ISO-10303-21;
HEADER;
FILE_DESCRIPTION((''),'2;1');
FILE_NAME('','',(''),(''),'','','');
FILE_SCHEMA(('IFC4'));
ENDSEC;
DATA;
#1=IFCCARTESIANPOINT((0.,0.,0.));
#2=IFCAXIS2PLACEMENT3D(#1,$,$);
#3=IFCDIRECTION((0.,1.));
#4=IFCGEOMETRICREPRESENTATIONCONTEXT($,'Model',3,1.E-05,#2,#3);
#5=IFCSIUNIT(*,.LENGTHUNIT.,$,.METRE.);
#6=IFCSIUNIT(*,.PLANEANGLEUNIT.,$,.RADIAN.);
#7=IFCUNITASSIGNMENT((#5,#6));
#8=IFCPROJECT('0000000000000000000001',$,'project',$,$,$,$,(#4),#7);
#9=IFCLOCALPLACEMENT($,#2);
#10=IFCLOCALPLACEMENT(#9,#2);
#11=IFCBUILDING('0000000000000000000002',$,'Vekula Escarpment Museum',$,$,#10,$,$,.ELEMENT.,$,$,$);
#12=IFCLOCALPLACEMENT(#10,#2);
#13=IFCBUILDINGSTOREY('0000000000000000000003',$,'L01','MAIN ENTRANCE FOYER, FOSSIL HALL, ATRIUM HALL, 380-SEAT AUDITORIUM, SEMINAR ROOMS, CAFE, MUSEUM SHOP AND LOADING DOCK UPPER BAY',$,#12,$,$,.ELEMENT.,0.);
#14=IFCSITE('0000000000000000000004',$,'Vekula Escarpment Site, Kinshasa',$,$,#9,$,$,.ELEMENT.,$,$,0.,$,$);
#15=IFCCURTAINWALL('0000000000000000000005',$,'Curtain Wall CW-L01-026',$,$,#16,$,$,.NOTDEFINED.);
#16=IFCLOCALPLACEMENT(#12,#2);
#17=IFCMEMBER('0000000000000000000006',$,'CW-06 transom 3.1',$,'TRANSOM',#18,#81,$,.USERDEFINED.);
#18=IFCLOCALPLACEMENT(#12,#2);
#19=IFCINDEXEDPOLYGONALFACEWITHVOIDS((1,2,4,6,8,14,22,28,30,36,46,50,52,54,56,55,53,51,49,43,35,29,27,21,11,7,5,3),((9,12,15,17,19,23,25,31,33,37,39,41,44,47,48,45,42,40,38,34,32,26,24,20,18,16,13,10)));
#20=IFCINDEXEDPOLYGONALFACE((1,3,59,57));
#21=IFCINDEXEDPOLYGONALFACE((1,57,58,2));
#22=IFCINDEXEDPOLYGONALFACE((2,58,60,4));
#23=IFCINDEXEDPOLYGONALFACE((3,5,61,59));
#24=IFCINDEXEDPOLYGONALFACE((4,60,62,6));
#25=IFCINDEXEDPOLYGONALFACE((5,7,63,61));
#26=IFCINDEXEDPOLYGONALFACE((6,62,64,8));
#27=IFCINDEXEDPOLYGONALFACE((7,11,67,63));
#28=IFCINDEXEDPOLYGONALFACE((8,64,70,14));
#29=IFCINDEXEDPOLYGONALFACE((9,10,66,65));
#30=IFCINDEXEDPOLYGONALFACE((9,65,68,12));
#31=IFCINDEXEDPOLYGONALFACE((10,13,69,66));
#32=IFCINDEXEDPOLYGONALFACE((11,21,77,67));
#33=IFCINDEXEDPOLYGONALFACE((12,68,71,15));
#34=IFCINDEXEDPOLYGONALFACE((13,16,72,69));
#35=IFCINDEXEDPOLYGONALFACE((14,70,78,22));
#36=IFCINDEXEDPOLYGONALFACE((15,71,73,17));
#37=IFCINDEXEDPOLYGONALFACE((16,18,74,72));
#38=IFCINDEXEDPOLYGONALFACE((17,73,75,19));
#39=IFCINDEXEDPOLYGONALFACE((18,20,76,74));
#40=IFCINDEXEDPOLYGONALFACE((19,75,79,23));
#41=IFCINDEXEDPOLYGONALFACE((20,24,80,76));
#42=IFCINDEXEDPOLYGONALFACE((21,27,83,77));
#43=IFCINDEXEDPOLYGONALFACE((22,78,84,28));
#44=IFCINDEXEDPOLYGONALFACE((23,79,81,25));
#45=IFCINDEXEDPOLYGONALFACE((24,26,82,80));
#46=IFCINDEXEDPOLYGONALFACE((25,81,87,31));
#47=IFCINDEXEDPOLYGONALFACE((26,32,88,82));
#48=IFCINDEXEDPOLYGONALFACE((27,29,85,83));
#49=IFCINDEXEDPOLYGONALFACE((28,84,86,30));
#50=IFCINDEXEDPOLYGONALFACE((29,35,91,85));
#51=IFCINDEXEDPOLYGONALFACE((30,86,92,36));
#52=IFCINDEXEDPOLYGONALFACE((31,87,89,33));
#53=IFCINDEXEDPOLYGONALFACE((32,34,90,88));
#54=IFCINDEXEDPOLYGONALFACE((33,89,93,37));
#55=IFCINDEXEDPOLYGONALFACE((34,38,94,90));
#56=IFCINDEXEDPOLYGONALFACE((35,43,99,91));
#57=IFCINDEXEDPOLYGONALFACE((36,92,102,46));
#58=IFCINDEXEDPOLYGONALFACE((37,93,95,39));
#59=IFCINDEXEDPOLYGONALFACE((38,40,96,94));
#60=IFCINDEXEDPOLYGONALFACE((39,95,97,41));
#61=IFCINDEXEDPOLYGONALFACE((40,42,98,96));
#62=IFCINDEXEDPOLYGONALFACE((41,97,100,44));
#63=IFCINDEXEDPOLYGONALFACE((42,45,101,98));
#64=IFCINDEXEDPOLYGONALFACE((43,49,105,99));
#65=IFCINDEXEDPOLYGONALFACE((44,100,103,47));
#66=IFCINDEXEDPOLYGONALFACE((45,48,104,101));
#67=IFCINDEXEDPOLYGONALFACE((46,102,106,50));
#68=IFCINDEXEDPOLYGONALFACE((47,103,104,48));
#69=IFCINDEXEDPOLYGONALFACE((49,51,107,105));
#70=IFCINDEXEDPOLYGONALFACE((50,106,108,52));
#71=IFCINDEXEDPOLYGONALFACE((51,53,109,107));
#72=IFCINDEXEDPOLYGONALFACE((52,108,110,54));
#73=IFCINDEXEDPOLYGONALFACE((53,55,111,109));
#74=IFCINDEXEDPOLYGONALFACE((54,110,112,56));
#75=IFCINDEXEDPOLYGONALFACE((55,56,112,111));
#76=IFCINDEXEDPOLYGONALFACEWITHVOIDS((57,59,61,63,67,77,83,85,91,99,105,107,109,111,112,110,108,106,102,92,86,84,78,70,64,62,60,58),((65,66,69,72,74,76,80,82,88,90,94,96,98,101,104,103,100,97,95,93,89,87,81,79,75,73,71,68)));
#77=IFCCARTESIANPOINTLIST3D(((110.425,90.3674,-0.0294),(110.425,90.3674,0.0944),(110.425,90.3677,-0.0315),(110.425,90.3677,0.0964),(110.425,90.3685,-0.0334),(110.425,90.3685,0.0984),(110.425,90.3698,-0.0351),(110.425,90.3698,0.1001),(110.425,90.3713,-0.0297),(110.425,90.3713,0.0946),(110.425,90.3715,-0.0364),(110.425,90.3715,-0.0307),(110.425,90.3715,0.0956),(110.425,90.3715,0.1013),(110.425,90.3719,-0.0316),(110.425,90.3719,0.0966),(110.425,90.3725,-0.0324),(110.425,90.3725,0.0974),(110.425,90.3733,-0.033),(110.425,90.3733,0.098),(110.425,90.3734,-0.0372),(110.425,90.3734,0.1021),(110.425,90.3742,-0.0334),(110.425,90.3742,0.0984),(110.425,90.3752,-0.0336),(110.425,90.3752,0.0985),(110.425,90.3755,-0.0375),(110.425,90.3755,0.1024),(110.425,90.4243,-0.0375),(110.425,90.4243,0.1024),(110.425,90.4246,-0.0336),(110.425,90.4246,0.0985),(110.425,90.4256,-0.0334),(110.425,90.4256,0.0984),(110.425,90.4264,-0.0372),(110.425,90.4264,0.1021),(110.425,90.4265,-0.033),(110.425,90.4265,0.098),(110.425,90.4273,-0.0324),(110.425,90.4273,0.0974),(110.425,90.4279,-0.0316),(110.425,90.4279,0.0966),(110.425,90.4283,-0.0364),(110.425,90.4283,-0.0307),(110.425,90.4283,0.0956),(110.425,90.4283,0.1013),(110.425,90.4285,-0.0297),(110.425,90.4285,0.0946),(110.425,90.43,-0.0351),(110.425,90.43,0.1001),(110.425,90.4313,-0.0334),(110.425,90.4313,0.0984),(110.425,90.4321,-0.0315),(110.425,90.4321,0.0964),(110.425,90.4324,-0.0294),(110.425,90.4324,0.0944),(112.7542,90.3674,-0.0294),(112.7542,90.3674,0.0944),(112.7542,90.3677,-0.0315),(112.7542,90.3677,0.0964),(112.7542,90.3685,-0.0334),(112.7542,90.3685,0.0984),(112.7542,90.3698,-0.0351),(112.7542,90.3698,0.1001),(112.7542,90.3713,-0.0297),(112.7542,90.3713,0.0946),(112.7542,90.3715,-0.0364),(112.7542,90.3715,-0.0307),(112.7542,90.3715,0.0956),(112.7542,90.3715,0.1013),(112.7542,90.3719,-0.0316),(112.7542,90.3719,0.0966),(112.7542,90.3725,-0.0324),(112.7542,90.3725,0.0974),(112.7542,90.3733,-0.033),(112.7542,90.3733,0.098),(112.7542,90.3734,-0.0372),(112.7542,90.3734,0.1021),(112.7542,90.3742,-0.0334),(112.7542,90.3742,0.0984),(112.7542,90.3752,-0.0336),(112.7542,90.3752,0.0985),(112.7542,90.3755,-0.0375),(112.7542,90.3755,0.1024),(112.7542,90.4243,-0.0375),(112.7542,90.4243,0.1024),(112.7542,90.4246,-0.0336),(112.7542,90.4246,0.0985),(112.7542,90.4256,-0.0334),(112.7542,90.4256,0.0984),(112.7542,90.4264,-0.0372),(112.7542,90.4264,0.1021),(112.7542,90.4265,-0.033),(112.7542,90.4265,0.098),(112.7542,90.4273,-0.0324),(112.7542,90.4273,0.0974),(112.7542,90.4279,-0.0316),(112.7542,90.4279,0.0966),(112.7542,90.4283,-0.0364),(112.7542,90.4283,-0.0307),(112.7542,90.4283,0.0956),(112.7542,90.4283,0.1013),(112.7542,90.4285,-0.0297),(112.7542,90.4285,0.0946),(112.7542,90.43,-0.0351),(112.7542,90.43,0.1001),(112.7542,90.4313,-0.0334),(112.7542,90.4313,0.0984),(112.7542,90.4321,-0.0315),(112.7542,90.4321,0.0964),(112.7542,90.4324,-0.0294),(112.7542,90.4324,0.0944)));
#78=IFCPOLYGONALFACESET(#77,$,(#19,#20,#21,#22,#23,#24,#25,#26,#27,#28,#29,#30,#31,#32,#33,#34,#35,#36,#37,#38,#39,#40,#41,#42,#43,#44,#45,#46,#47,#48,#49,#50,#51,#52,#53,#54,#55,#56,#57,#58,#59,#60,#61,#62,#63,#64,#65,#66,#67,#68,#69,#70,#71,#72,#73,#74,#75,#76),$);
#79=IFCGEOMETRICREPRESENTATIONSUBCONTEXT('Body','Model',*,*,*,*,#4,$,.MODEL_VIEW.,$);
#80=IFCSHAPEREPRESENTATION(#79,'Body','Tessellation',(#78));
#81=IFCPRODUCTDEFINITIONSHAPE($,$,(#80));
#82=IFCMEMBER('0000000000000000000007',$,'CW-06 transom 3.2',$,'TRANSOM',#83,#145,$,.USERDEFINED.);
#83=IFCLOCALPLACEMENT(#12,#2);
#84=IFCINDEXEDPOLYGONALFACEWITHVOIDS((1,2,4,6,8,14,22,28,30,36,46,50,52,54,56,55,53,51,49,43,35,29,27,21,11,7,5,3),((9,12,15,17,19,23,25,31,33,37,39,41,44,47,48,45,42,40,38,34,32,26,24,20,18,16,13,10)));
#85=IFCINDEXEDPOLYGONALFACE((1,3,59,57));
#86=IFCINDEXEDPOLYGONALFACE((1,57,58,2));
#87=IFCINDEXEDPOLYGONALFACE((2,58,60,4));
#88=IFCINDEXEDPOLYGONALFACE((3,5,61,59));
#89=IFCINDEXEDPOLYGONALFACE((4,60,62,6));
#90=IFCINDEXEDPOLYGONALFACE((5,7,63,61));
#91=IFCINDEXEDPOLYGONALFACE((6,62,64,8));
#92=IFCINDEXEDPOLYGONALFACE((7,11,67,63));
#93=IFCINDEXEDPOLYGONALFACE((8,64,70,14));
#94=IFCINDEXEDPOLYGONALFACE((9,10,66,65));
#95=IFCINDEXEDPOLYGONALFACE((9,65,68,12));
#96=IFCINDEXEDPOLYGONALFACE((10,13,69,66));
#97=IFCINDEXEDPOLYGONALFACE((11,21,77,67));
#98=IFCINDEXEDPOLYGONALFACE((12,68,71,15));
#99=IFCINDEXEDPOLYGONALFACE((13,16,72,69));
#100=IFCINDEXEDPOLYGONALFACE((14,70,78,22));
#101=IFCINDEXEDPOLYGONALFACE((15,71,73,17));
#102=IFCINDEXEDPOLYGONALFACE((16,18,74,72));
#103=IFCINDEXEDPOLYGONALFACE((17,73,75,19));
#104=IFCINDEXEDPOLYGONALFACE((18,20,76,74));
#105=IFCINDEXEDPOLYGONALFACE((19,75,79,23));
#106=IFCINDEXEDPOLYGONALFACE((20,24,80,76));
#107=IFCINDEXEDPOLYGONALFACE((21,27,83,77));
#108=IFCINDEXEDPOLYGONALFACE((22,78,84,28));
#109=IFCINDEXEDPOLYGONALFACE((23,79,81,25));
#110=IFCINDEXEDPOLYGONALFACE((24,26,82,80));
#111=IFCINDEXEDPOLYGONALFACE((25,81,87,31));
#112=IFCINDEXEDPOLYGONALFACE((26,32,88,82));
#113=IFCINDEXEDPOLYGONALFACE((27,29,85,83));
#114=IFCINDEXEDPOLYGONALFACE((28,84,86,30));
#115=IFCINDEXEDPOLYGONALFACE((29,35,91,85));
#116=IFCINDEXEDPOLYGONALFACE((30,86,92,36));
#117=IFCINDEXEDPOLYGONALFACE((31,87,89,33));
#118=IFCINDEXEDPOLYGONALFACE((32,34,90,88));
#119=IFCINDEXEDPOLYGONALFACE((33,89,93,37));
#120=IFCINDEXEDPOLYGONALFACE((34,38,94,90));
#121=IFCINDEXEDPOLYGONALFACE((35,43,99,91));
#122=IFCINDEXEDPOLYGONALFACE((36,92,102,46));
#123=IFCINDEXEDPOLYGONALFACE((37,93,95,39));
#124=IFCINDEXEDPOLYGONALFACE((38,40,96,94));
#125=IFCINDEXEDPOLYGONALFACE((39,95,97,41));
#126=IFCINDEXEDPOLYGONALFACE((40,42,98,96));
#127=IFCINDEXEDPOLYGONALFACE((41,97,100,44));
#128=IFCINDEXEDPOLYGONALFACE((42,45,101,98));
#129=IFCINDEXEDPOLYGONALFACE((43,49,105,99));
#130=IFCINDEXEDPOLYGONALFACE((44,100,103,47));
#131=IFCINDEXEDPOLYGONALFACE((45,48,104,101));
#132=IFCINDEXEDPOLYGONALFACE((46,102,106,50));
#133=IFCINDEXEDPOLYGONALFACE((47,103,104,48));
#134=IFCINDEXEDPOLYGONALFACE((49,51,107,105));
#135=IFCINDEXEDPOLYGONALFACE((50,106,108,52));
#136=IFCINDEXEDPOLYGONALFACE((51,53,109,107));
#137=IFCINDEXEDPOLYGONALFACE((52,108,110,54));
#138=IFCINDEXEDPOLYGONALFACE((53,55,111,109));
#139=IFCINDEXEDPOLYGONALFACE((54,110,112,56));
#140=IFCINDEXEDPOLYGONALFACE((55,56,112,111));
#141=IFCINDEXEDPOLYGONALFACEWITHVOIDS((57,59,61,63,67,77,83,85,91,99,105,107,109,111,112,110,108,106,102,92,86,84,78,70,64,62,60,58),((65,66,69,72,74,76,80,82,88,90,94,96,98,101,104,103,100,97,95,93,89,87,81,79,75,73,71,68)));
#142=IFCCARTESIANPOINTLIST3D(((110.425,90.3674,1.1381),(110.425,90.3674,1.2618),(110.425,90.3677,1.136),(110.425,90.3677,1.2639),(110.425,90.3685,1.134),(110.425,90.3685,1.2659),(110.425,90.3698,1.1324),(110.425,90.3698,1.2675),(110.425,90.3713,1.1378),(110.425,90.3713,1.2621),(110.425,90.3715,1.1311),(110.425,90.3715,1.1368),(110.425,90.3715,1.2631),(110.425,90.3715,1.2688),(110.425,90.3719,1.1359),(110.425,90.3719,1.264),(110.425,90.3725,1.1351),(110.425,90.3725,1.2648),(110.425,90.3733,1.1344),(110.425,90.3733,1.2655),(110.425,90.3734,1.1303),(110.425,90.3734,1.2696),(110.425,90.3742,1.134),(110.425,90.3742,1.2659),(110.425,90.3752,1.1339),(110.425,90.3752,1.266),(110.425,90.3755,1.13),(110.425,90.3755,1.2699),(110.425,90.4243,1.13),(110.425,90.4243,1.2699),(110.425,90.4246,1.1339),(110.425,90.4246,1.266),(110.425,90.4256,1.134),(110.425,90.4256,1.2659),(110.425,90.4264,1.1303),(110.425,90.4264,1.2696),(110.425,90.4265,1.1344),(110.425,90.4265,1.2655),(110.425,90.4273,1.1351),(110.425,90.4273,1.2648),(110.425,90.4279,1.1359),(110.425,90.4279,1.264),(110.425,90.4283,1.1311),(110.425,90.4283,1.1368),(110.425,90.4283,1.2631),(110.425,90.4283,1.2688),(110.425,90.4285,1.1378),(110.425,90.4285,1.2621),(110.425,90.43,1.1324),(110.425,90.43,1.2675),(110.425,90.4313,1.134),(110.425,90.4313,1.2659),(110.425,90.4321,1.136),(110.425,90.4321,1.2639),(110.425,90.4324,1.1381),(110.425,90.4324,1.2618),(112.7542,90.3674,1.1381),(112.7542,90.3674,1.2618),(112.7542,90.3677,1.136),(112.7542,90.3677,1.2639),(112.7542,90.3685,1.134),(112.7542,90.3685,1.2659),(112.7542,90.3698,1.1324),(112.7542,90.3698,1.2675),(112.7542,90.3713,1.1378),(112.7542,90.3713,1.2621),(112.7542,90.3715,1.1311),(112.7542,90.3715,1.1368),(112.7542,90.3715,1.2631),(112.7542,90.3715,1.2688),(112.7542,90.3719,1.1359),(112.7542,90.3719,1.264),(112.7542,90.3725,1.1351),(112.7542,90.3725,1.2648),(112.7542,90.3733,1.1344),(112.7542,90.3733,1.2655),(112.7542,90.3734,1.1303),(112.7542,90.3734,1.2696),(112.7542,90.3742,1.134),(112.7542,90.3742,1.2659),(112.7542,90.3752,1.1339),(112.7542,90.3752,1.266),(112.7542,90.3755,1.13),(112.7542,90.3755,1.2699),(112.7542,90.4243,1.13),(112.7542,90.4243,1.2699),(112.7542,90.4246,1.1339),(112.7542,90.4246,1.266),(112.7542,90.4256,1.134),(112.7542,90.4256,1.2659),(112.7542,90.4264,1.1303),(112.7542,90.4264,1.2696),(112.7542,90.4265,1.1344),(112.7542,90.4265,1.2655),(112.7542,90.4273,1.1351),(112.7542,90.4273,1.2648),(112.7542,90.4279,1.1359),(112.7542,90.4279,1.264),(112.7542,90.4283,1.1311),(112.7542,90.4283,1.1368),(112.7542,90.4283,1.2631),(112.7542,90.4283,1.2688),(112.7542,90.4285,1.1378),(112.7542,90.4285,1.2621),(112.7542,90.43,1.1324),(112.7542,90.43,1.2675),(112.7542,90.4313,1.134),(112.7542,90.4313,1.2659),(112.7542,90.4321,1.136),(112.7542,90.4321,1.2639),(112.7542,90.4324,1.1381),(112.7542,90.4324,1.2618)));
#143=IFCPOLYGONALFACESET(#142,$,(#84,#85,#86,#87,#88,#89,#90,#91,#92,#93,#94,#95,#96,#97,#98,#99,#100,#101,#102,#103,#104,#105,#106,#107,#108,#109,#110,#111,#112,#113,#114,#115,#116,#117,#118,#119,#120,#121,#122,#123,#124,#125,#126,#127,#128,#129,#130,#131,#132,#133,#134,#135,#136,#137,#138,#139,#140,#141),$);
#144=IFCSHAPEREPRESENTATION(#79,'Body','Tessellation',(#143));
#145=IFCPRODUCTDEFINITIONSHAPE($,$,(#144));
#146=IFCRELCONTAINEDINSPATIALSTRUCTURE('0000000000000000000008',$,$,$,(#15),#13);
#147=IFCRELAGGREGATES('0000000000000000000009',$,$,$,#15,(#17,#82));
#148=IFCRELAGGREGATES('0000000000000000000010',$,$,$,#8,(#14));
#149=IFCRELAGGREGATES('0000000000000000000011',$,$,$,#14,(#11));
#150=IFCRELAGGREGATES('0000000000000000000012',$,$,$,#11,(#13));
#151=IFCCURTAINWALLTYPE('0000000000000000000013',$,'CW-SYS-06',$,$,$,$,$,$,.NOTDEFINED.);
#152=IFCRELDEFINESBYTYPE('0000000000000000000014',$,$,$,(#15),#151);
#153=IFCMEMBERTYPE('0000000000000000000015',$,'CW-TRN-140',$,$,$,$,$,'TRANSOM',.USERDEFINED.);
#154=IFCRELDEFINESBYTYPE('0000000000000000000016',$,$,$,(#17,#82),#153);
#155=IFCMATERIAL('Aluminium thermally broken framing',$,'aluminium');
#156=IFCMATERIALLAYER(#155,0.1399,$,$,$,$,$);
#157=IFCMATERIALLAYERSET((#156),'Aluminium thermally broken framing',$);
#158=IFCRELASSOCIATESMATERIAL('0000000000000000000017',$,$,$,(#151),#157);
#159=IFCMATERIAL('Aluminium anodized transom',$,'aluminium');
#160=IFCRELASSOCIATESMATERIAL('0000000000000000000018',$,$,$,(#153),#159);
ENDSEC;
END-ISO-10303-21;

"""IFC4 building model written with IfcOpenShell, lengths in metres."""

from ifc_helpers import new_model, si_unit, direction, frame, origin, origin_2d, place, context, subcontext, project, spatial, hollow_rectangle, extrude, material, layer, layer_set, material_profile, profile_set, type_object, element, aggregate, save


model = new_model("IFC4")

# Units and contexts
model_context = context("Model", 3, precision=1e-05, world=origin(), true_north=direction((0.0, 1.0)))
body_context = subcontext(model_context, "Body", "Model", "MODEL_VIEW")
ifc_project = project(units=[si_unit("LENGTHUNIT", "METRE"), si_unit("PLANEANGLEUNIT", "RADIAN")], contexts=[model_context])

# Site, building, storey
site_placement = place(None, origin())
site = spatial("IfcSite", under=ifc_project, at=site_placement, Name="Vekula Escarpment Site, Kinshasa", CompositionType="ELEMENT", RefElevation=0.0)
building_placement = place(site_placement, origin())
building = spatial("IfcBuilding", under=site, at=building_placement, Name="Vekula Escarpment Museum", CompositionType="ELEMENT")
storey_placement = place(building_placement, origin())
storey = spatial("IfcBuildingStorey", under=building, at=storey_placement, Name="L01", Description="MAIN ENTRANCE FOYER, FOSSIL HALL, ATRIUM HALL, 380-SEAT AUDITORIUM, SEMINAR ROOMS, CAFE, MUSEUM SHOP AND LOADING DOCK UPPER BAY", CompositionType="ELEMENT", Elevation=0.0)

# Curtain wall, members
ifc_material_1 = material(Name="Aluminium thermally broken framing", Category="aluminium")
ifc_layer_1 = layer(ifc_material_1, 0.1399)
ifc_layer_set_1 = layer_set([ifc_layer_1], Name="Aluminium thermally broken framing")
curtain_wall_type = type_object("IfcCurtainWallType", Name="CW-SYS-06", PredefinedType="NOTDEFINED", material=ifc_layer_set_1)
curtain_wall_placement = place(storey_placement, origin())
curtain_wall = element("IfcCurtainWall", 1, at=curtain_wall_placement, inside=storey, type_object=curtain_wall_type, Name="Curtain Wall CW-L01-026", PredefinedType="NOTDEFINED")
ifc_material_2 = material(Name="Aluminium anodized transom", Category="aluminium")
ifc_material_profile_1 = material_profile(ifc_material_2, hollow_rectangle(XDim=0.0649, YDim=0.1399, WallThickness=0.0039, InnerFilletRadius=0.0039, OuterFilletRadius=0.0081, at=origin_2d()), Name="ALU 140x65x4")
ifc_profile_set_1 = profile_set([ifc_material_profile_1], Name="Aluminium anodized transom")
member_type_1 = type_object("IfcMemberType", Name="CW-TRN-140", ElementType="TRANSOM", PredefinedType="USERDEFINED", material=ifc_profile_set_1)
member_1_placement = place(storey_placement, frame((112.7542, 90.3999, 0.0325), z_axis=(-1.0, 0.0, 0.0), x_axis=(0.0, -1.0, 0.0)))
member_1 = element("IfcMember", 2, at=member_1_placement, type_object=member_type_1, Name="CW-06 transom 3.1", ObjectType="TRANSOM", PredefinedType="USERDEFINED", context=body_context, shape_type="SweptSolid", body=[
    extrude(hollow_rectangle(XDim=0.0649, YDim=0.1399, WallThickness=0.0039, InnerFilletRadius=0.0039, OuterFilletRadius=0.0081, at=origin_2d()), origin(), (0.0, 0.0, 1.0), 2.3291),
])
member_2_placement = place(storey_placement, frame((112.7542, 90.3999, 1.2), z_axis=(-1.0, 0.0, 0.0), x_axis=(0.0, -1.0, 0.0)))
member_2 = element("IfcMember", 3, at=member_2_placement, type_object=member_type_1, Name="CW-06 transom 3.2", ObjectType="TRANSOM", PredefinedType="USERDEFINED", context=body_context, shape_type="SweptSolid", body=[
    extrude(hollow_rectangle(XDim=0.0649, YDim=0.1399, WallThickness=0.0039, InnerFilletRadius=0.0039, OuterFilletRadius=0.0081, at=origin_2d()), origin(), (0.0, 0.0, 1.0), 2.3291),
])
aggregate(curtain_wall, [member_1, member_2])

save(model, "model.ifc")
